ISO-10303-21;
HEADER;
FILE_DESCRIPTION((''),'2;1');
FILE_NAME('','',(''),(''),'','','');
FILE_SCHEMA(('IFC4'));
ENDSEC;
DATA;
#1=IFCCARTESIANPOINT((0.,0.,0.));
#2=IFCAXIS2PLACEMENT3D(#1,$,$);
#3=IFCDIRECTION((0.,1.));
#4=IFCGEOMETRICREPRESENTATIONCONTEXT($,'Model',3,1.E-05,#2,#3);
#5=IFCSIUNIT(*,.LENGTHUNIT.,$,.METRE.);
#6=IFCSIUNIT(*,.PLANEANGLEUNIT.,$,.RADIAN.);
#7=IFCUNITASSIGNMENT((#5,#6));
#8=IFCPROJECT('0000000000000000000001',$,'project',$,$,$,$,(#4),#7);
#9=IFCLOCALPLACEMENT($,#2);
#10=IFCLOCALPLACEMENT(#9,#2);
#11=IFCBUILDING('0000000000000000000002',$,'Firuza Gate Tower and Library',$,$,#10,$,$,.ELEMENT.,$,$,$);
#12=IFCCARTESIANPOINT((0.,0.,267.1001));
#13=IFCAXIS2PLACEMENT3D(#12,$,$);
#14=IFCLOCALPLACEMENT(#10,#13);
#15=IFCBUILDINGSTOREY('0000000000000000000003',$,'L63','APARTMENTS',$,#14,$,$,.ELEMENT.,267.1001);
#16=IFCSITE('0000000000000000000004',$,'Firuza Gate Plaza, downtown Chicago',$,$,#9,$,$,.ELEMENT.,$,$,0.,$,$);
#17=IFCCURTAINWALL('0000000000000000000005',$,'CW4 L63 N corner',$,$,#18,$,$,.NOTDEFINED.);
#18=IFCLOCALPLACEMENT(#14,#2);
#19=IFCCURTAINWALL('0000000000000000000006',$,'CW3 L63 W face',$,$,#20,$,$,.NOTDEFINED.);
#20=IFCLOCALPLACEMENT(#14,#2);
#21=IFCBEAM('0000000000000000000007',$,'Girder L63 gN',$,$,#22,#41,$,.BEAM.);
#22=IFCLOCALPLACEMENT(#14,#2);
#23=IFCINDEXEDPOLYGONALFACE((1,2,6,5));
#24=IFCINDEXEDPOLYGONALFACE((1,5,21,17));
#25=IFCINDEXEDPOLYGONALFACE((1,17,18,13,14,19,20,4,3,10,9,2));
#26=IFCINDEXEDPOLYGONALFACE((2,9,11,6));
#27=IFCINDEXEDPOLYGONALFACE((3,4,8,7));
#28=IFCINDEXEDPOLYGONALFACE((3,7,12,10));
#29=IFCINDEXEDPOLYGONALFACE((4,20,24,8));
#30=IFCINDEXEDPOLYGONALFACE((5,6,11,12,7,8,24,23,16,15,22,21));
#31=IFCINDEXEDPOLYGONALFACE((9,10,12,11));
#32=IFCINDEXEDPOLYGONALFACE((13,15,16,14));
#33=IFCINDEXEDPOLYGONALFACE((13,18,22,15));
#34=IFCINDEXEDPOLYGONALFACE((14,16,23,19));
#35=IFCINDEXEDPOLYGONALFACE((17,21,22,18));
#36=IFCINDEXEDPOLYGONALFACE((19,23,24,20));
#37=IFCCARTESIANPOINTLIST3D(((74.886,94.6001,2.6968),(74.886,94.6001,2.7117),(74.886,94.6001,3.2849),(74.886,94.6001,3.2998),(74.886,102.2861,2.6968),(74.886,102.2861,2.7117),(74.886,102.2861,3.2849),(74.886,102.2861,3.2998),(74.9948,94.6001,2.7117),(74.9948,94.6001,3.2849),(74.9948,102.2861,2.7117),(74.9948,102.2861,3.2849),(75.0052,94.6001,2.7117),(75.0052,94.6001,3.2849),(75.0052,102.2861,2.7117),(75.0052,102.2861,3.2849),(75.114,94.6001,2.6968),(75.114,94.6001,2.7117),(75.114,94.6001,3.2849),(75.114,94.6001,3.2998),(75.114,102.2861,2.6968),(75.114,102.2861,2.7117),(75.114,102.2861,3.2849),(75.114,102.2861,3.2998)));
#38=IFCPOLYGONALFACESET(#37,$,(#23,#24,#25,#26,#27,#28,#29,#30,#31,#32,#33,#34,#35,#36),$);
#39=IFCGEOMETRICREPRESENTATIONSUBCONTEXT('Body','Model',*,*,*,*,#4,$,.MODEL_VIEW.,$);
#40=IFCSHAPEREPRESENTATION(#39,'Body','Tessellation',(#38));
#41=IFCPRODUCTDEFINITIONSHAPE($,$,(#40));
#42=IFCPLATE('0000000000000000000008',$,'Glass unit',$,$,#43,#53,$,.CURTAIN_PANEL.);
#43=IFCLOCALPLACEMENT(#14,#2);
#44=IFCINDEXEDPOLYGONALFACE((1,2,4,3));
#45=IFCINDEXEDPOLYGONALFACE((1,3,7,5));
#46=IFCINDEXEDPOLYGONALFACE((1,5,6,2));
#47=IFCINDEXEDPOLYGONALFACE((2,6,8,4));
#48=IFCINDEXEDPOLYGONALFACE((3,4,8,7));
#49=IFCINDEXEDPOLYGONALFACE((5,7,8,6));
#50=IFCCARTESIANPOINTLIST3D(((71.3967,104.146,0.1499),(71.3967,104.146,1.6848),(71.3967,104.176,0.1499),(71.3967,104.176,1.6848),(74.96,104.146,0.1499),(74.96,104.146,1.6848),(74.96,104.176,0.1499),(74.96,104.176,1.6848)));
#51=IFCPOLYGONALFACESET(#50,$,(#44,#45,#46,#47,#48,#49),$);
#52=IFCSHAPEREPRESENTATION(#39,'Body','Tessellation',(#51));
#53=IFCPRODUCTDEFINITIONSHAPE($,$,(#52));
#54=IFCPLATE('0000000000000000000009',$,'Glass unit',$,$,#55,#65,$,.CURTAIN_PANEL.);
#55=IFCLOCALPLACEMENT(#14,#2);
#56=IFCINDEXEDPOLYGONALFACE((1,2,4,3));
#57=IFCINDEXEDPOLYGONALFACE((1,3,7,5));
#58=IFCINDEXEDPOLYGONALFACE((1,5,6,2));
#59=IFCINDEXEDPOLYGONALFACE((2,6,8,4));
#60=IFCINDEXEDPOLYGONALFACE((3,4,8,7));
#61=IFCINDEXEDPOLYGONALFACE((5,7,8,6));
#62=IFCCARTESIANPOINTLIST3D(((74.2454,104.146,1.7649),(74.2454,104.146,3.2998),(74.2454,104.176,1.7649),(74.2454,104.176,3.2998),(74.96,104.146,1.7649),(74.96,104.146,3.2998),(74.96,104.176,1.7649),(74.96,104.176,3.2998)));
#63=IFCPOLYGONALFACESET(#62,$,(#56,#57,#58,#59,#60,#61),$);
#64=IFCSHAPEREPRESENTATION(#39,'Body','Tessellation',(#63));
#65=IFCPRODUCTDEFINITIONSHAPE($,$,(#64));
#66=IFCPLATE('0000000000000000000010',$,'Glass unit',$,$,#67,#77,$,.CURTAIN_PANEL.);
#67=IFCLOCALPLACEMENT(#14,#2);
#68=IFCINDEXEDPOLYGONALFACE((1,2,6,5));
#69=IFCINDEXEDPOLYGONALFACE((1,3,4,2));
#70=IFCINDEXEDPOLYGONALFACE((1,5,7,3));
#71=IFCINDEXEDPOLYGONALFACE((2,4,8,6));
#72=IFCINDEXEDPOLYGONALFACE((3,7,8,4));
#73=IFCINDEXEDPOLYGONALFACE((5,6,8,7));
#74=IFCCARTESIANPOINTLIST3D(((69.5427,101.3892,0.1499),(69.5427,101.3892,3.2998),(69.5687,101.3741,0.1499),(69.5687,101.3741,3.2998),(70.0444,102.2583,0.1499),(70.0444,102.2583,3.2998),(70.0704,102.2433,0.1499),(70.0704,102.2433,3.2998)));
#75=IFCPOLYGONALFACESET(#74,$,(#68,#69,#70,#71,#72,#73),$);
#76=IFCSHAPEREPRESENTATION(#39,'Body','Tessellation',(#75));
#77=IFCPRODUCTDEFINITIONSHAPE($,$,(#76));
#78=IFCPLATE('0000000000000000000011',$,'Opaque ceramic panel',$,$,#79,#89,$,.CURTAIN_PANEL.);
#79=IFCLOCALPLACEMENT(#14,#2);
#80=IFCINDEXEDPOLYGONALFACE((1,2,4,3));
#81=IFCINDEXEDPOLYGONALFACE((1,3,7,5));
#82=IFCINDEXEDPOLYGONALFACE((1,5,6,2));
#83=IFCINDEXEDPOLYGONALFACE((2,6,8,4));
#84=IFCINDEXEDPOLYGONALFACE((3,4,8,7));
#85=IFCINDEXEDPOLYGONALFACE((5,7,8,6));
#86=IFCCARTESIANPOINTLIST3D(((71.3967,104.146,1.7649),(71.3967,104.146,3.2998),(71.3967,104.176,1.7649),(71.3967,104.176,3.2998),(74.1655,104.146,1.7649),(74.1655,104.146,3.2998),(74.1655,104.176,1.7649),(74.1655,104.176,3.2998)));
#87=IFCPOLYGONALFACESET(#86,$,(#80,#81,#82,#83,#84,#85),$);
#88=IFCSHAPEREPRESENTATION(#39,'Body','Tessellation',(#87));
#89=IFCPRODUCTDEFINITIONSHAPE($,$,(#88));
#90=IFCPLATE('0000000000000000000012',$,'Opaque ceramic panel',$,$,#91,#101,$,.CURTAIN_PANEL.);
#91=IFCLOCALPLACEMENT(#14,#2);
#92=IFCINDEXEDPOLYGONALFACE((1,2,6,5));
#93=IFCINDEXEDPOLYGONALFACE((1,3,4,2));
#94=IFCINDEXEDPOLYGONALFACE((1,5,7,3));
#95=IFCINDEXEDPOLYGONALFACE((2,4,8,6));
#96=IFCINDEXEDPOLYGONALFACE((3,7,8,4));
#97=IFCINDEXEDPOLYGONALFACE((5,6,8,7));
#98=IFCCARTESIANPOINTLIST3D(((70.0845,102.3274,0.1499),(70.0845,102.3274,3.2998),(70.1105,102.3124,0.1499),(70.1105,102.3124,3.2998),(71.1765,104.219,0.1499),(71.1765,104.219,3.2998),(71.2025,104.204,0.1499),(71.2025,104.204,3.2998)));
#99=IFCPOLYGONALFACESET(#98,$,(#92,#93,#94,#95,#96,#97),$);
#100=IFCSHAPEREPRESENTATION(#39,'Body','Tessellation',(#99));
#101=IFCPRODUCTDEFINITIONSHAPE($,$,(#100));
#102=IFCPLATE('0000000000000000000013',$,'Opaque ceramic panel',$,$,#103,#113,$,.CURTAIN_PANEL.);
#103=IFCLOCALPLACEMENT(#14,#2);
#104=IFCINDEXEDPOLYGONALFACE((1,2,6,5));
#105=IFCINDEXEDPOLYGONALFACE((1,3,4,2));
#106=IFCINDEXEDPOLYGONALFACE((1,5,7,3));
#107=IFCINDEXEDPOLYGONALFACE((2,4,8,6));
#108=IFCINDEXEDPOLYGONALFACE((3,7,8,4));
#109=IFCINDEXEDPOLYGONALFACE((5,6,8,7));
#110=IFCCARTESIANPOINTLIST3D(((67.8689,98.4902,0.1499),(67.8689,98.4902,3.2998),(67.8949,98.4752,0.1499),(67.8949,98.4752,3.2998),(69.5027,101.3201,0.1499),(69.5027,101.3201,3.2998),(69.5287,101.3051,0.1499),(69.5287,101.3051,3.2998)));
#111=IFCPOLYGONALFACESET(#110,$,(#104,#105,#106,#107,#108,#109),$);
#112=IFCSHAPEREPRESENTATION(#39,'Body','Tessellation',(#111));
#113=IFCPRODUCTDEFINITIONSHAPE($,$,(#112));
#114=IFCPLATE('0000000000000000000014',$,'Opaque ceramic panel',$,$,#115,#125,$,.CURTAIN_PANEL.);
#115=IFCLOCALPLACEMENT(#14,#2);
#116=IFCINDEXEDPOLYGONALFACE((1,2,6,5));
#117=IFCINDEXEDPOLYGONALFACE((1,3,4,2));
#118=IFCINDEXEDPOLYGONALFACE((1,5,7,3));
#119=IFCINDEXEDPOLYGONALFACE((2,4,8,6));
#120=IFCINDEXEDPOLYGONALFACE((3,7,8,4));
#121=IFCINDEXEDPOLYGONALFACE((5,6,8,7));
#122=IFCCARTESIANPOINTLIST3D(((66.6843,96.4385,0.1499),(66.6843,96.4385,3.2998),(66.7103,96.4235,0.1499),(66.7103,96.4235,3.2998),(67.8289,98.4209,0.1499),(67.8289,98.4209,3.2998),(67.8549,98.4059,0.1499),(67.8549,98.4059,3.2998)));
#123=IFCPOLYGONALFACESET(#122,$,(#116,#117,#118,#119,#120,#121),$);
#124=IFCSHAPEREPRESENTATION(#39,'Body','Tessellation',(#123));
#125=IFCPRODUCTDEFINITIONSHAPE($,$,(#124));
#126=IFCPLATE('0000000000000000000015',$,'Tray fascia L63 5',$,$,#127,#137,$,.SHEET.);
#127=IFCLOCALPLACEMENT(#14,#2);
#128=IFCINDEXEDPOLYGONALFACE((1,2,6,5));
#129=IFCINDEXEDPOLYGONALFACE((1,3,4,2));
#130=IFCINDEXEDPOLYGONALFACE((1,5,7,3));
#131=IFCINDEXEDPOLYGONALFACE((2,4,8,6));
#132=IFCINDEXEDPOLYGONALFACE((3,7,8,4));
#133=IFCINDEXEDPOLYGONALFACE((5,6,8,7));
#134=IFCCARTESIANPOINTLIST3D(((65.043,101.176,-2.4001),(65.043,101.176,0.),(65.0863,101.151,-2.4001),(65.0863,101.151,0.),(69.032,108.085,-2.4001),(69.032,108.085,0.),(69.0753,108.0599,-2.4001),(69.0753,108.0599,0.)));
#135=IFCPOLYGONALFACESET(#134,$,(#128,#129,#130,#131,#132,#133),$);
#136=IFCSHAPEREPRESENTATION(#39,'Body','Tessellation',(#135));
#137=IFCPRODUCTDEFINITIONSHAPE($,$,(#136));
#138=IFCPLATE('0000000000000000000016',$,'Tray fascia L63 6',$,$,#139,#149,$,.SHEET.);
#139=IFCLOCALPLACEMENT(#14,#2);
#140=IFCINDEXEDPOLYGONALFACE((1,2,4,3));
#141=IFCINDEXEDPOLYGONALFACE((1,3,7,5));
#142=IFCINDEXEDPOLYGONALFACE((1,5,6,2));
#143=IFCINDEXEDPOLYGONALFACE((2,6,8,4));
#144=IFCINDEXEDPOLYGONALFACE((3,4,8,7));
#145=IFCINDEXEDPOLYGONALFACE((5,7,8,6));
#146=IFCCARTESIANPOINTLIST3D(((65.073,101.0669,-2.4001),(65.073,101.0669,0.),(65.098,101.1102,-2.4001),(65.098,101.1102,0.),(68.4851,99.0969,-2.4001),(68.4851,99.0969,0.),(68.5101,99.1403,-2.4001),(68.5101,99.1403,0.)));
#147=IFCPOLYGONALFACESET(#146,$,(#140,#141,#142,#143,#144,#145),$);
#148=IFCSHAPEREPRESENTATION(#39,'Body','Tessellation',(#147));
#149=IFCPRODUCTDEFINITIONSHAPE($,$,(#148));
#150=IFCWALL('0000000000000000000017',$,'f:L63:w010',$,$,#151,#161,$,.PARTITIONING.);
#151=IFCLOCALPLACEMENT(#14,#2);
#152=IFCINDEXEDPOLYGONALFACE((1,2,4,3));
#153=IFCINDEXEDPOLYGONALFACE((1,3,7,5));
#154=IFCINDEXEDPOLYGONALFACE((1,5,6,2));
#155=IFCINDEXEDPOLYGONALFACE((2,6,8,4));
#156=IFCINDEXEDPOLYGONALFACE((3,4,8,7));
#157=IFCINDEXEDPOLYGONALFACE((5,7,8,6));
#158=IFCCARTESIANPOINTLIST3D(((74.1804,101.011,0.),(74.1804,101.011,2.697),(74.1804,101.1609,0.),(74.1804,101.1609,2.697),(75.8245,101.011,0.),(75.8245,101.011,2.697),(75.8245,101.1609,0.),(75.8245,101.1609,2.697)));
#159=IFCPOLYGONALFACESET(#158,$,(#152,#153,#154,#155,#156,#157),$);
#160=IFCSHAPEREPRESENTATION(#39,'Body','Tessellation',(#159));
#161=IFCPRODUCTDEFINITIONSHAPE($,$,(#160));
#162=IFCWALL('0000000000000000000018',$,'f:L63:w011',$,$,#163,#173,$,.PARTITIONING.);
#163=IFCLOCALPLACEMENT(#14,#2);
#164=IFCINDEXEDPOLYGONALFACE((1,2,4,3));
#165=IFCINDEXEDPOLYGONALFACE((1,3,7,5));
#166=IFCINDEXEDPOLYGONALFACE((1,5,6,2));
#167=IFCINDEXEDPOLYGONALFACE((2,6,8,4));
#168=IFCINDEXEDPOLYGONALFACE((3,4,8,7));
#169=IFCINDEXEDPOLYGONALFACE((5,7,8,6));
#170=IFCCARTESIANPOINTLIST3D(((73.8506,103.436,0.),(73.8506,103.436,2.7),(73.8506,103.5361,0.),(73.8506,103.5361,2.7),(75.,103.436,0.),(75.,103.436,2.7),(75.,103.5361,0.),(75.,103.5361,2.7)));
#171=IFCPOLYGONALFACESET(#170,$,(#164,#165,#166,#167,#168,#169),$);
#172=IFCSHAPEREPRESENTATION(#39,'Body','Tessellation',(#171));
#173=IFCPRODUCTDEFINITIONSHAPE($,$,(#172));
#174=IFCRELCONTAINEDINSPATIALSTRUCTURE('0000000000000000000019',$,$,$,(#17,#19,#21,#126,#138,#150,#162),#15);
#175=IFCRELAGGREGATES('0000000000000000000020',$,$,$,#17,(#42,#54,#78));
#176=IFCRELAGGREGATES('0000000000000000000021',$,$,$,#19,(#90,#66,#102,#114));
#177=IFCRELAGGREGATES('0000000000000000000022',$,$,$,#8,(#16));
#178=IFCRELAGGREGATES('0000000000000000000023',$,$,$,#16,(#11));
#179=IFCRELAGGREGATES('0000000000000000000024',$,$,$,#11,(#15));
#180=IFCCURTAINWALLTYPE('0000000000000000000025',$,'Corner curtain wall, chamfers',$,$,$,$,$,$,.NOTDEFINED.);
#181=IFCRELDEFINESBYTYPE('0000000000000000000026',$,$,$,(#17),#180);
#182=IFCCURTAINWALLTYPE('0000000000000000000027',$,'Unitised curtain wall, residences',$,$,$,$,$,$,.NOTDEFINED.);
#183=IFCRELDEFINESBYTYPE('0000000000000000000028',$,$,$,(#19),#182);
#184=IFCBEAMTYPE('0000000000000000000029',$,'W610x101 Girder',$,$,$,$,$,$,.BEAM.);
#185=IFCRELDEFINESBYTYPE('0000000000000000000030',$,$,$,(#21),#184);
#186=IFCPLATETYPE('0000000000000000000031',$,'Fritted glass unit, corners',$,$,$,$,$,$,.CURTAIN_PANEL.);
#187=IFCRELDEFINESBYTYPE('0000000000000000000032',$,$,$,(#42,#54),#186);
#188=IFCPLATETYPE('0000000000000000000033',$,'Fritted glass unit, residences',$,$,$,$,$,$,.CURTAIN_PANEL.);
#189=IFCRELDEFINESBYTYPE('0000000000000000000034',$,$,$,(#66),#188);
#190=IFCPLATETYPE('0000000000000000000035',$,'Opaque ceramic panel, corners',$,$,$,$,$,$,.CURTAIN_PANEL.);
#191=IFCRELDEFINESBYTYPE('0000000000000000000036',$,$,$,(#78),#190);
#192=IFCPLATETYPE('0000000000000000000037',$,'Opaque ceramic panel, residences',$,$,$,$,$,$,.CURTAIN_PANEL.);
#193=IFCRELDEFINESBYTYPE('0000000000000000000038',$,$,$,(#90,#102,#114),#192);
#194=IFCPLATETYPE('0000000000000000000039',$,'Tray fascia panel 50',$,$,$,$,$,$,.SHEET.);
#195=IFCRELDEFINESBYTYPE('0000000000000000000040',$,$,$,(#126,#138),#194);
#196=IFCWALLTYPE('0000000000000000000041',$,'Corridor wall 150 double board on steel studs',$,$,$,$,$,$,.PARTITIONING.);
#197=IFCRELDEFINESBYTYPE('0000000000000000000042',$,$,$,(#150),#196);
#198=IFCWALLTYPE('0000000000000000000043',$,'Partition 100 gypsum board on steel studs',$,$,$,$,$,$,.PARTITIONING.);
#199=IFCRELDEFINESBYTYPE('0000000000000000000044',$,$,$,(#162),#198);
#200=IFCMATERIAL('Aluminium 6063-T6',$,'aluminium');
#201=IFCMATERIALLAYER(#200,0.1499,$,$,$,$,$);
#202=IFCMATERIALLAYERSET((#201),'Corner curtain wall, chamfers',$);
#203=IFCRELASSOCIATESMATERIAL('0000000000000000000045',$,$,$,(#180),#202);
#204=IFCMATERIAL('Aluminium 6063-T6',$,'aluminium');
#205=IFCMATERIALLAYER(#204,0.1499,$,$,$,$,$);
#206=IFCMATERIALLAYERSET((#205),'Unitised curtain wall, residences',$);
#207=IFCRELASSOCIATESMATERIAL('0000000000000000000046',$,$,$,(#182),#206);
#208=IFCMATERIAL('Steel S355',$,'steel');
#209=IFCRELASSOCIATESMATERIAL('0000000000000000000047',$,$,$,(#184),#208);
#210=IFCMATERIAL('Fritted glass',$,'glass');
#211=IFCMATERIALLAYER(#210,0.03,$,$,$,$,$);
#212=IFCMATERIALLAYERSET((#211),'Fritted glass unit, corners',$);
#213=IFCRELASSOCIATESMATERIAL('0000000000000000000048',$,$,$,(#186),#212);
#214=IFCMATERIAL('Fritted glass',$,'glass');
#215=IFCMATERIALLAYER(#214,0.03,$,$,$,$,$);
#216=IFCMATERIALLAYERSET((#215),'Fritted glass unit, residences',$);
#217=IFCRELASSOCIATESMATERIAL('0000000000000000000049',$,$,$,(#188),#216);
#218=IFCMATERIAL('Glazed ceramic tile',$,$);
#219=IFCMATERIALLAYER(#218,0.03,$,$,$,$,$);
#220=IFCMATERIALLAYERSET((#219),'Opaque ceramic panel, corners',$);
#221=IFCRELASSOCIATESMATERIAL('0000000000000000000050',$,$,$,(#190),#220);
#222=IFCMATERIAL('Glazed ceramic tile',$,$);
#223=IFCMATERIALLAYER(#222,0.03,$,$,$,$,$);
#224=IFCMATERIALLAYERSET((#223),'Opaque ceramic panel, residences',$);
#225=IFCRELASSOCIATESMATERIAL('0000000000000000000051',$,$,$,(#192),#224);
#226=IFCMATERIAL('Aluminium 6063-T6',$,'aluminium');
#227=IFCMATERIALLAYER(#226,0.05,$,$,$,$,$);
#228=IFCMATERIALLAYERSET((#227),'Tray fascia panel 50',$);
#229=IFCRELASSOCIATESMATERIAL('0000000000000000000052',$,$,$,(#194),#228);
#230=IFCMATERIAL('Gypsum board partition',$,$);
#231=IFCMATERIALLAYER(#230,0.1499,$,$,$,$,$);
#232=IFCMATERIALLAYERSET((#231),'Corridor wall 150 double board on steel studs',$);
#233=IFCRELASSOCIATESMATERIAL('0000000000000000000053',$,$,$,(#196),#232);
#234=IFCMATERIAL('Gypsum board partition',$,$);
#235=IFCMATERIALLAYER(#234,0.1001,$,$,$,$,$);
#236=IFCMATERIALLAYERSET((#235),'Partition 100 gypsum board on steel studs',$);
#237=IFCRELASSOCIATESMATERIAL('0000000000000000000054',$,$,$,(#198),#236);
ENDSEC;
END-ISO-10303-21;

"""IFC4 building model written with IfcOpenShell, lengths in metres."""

from ifc_helpers import new_model, si_unit, direction, frame, frame_2d, origin, origin_2d, place, context, subcontext, project, spatial, polyline, rectangle, i_section, outline, extrude, material, layer, layer_set, material_profile, profile_set, type_object, element, aggregate, save


model = new_model("IFC4")

# Units and contexts
model_context = context("Model", 3, precision=1e-05, world=origin(), true_north=direction((0.0, 1.0)))
body_context = subcontext(model_context, "Body", "Model", "MODEL_VIEW")
ifc_project = project(units=[si_unit("LENGTHUNIT", "METRE"), si_unit("PLANEANGLEUNIT", "RADIAN")], contexts=[model_context])

# Site, building, storey
site_placement = place(None, origin())
site = spatial("IfcSite", under=ifc_project, at=site_placement, Name="Firuza Gate Plaza, downtown Chicago", CompositionType="ELEMENT", RefElevation=0.0)
building_placement = place(site_placement, origin())
building = spatial("IfcBuilding", under=site, at=building_placement, Name="Firuza Gate Tower and Library", CompositionType="ELEMENT")
storey_placement = place(building_placement, frame((0.0, 0.0, 267.1001)))
storey = spatial("IfcBuildingStorey", under=building, at=storey_placement, Name="L63", Description="APARTMENTS", CompositionType="ELEMENT", Elevation=267.1001)

# Curtain walls
ifc_material_1 = material(Name="Aluminium 6063-T6", Category="aluminium")
ifc_layer_1 = layer(ifc_material_1, 0.1499)
ifc_layer_set_1 = layer_set([ifc_layer_1], Name="Corner curtain wall, chamfers")
curtain_wall_type_1 = type_object("IfcCurtainWallType", Name="Corner curtain wall, chamfers", PredefinedType="NOTDEFINED", material=ifc_layer_set_1)
placement = place(storey_placement, origin())
curtain_wall_1 = element("IfcCurtainWall", 1, at=placement, inside=storey, type_object=curtain_wall_type_1, Name="CW4 L63 N corner", PredefinedType="NOTDEFINED")
ifc_material_2 = material(Name="Aluminium 6063-T6", Category="aluminium")
ifc_layer_2 = layer(ifc_material_2, 0.1499)
ifc_layer_set_2 = layer_set([ifc_layer_2], Name="Unitised curtain wall, residences")
curtain_wall_type_2 = type_object("IfcCurtainWallType", Name="Unitised curtain wall, residences", PredefinedType="NOTDEFINED", material=ifc_layer_set_2)
curtain_wall_2 = element("IfcCurtainWall", 2, at=placement, inside=storey, type_object=curtain_wall_type_2, Name="CW3 L63 W face", PredefinedType="NOTDEFINED")

# Beam
ifc_material_3 = material(Name="Steel S355", Category="steel")
ifc_material_profile_1 = material_profile(ifc_material_3, i_section(OverallWidth=0.228, OverallDepth=0.603, WebThickness=0.0105, FlangeThickness=0.0149, at=origin_2d()))
ifc_profile_set_1 = profile_set([ifc_material_profile_1], Name="Steel S355")
beam_type_1 = type_object("IfcBeamType", Name="W610x101 Girder", PredefinedType="BEAM", material=ifc_profile_set_1)
beam_1_placement = place(storey_placement, frame((75.0, 102.2861, 2.9983), z_axis=(0.0, -1.0, 0.0), x_axis=(1.0, 0.0, 0.0)))
element("IfcBeam", 3, at=beam_1_placement, inside=storey, type_object=beam_type_1, Name="Girder L63 gN", PredefinedType="BEAM", context=body_context, shape_type="SweptSolid", body=[
    extrude(i_section(OverallWidth=0.228, OverallDepth=0.603, WebThickness=0.0105, FlangeThickness=0.0149, at=origin_2d()), origin(), (0.0, 0.0, 1.0), 7.686),
])

# Plates
ifc_material_4 = material(Name="Fritted glass", Category="glass")
ifc_layer_3 = layer(ifc_material_4, 0.03)
ifc_layer_set_3 = layer_set([ifc_layer_3], Name="Fritted glass unit, corners")
plate_type_1 = type_object("IfcPlateType", Name="Fritted glass unit, corners", PredefinedType="CURTAIN_PANEL", material=ifc_layer_set_3)
plate_1_placement = place(storey_placement, frame((74.96, 104.176, 0.1499), z_axis=(0.0, 1.0, 0.0), x_axis=(-1.0, 0.0, 0.0)))
plate_1 = element("IfcPlate", 4, at=plate_1_placement, type_object=plate_type_1, Name="Glass unit", PredefinedType="CURTAIN_PANEL", context=body_context, shape_type="SweptSolid", body=[
    extrude(outline(polyline([(0.0, 0.0), (3.5632, 0.0), (3.5632, 1.5349), (0.0, 1.5349), (0.0, 0.0)])), origin(), (0.0, 0.0, -1.0), 0.03),
])
plate_2_placement = place(storey_placement, frame((74.96, 104.176, 1.7649), z_axis=(0.0, 1.0, 0.0), x_axis=(-1.0, 0.0, 0.0)))
plate_2 = element("IfcPlate", 5, at=plate_2_placement, type_object=plate_type_1, Name="Glass unit", PredefinedType="CURTAIN_PANEL", context=body_context, shape_type="SweptSolid", body=[
    extrude(outline(polyline([(0.0, 0.0), (0.7146, 0.0), (0.7146, 1.5349), (0.0, 1.5349), (0.0, 0.0)])), origin(), (0.0, 0.0, -1.0), 0.03),
])
ifc_material_5 = material(Name="Fritted glass", Category="glass")
ifc_layer_4 = layer(ifc_material_5, 0.03)
ifc_layer_set_4 = layer_set([ifc_layer_4], Name="Fritted glass unit, residences")
plate_type_2 = type_object("IfcPlateType", Name="Fritted glass unit, residences", PredefinedType="CURTAIN_PANEL", material=ifc_layer_set_4)
plate_3_placement = place(storey_placement, frame((70.0444, 102.2583, 0.1499), z_axis=(-0.866064, 0.499933, 0.0), x_axis=(-0.499933, -0.866064, 0.0)))
plate_3 = element("IfcPlate", 6, at=plate_3_placement, type_object=plate_type_2, Name="Glass unit", PredefinedType="CURTAIN_PANEL", context=body_context, shape_type="SweptSolid", body=[
    extrude(outline(polyline([(0.0, 0.0), (1.0036, 0.0), (1.0036, 3.1499), (0.0, 3.1499), (0.0, 0.0)])), origin(), (0.0, 0.0, -1.0), 0.03),
])
ifc_material_6 = material(Name="Glazed ceramic tile")
ifc_layer_5 = layer(ifc_material_6, 0.03)
ifc_layer_set_5 = layer_set([ifc_layer_5], Name="Opaque ceramic panel, corners")
plate_type_3 = type_object("IfcPlateType", Name="Opaque ceramic panel, corners", PredefinedType="CURTAIN_PANEL", material=ifc_layer_set_5)
plate_4_placement = place(storey_placement, frame((74.1655, 104.176, 1.7649), z_axis=(0.0, 1.0, 0.0), x_axis=(-1.0, 0.0, 0.0)))
plate_4 = element("IfcPlate", 7, at=plate_4_placement, type_object=plate_type_3, Name="Opaque ceramic panel", PredefinedType="CURTAIN_PANEL", context=body_context, shape_type="SweptSolid", body=[
    extrude(outline(polyline([(0.0, 0.0), (2.7688, 0.0), (2.7688, 1.5349), (0.0, 1.5349), (0.0, 0.0)])), origin(), (0.0, 0.0, -1.0), 0.03),
])
aggregate(curtain_wall_1, [plate_1, plate_2, plate_4])
ifc_material_7 = material(Name="Glazed ceramic tile")
ifc_layer_6 = layer(ifc_material_7, 0.03)
ifc_layer_set_6 = layer_set([ifc_layer_6], Name="Opaque ceramic panel, residences")
plate_type_4 = type_object("IfcPlateType", Name="Opaque ceramic panel, residences", PredefinedType="CURTAIN_PANEL", material=ifc_layer_set_6)
plate_5_placement = place(storey_placement, frame((71.1765, 104.219, 0.1499), z_axis=(-0.86604, 0.499974, 0.0), x_axis=(-0.499974, -0.86604, 0.0)))
plate_5 = element("IfcPlate", 8, at=plate_5_placement, type_object=plate_type_4, Name="Opaque ceramic panel", PredefinedType="CURTAIN_PANEL", context=body_context, shape_type="SweptSolid", body=[
    extrude(outline(polyline([(0.0, 0.0), (2.1842, 0.0), (2.1842, 3.1499), (0.0, 3.1499), (0.0, 0.0)])), origin(), (0.0, 0.0, -1.0), 0.03),
])
plate_6_placement = place(storey_placement, frame((69.5027, 101.3201, 0.1499), z_axis=(-0.866028, 0.499996, 0.0), x_axis=(-0.499996, -0.866028, 0.0)))
plate_6 = element("IfcPlate", 9, at=plate_6_placement, type_object=plate_type_4, Name="Opaque ceramic panel", PredefinedType="CURTAIN_PANEL", context=body_context, shape_type="SweptSolid", body=[
    extrude(outline(polyline([(0.0, 0.0), (3.2676, 0.0), (3.2676, 3.1499), (0.0, 3.1499), (0.0, 0.0)])), origin(), (0.0, 0.0, -1.0), 0.03),
])
plate_7_placement = place(storey_placement, frame((67.8289, 98.4209, 0.1499), z_axis=(-0.866029, 0.499993, 0.0), x_axis=(-0.499993, -0.866029, 0.0)))
plate_7 = element("IfcPlate", 10, at=plate_7_placement, type_object=plate_type_4, Name="Opaque ceramic panel", PredefinedType="CURTAIN_PANEL", context=body_context, shape_type="SweptSolid", body=[
    extrude(outline(polyline([(0.0, 0.0), (2.2891, 0.0), (2.2891, 3.1499), (0.0, 3.1499), (0.0, 0.0)])), origin(), (0.0, 0.0, -1.0), 0.03),
])
aggregate(curtain_wall_2, [plate_5, plate_3, plate_6, plate_7])

# Plates
ifc_material_8 = material(Name="Aluminium 6063-T6", Category="aluminium")
ifc_layer_7 = layer(ifc_material_8, 0.05)
ifc_layer_set_7 = layer_set([ifc_layer_7], Name="Tray fascia panel 50")
plate_type_5 = type_object("IfcPlateType", Name="Tray fascia panel 50", PredefinedType="SHEET", material=ifc_layer_set_7)
plate_8_placement = place(storey_placement, frame((69.032, 108.085, -2.4001), z_axis=(-0.866018, 0.500013, 0.0), x_axis=(-0.500013, -0.866018, 0.0)))
element("IfcPlate", 11, at=plate_8_placement, inside=storey, type_object=plate_type_5, Name="Tray fascia L63 5", PredefinedType="SHEET", context=body_context, shape_type="SweptSolid", body=[
    extrude(outline(polyline([(0.0, 0.0), (7.9778, 0.0), (7.9778, 2.4001), (0.0, 2.4001), (0.0, 0.0)])), origin(), (0.0, 0.0, -1.0), 0.05),
])
plate_9_placement = place(storey_placement, frame((65.073, 101.0669, -2.4001), z_axis=(-0.499998, -0.866027, 0.0), x_axis=(0.866027, -0.499998, 0.0)))
element("IfcPlate", 12, at=plate_9_placement, inside=storey, type_object=plate_type_5, Name="Tray fascia L63 6", PredefinedType="SHEET", context=body_context, shape_type="SweptSolid", body=[
    extrude(outline(polyline([(0.0, 0.0), (3.94, 0.0), (3.94, 2.4001), (0.0, 2.4001), (0.0, 0.0)])), origin(), (0.0, 0.0, -1.0), 0.05),
])

# Walls
ifc_material_9 = material(Name="Gypsum board partition")
ifc_layer_8 = layer(ifc_material_9, 0.1499)
ifc_layer_set_8 = layer_set([ifc_layer_8], Name="Corridor wall 150 double board on steel studs")
wall_type_1 = type_object("IfcWallType", Name="Corridor wall 150 double board on steel studs", PredefinedType="PARTITIONING", material=ifc_layer_set_8)
wall_1_placement = place(storey_placement, frame((74.1804, 101.0859, 0.0), z_axis=(0.0, 0.0, 1.0), x_axis=(1.0, 0.0, 0.0)))
element("IfcWall", 13, at=wall_1_placement, inside=storey, type_object=wall_type_1, Name="f:L63:w010", PredefinedType="PARTITIONING", context=body_context, shape_type="SweptSolid", body=[
    extrude(rectangle(XDim=1.644, YDim=0.1499, at=frame_2d((0.822, 0.0))), origin(), (0.0, 0.0, 1.0), 2.697),
])
ifc_material_10 = material(Name="Gypsum board partition")
ifc_layer_9 = layer(ifc_material_10, 0.1001)
ifc_layer_set_9 = layer_set([ifc_layer_9], Name="Partition 100 gypsum board on steel studs")
wall_type_2 = type_object("IfcWallType", Name="Partition 100 gypsum board on steel studs", PredefinedType="PARTITIONING", material=ifc_layer_set_9)
wall_2_placement = place(storey_placement, frame((73.8506, 103.4861, 0.0), z_axis=(0.0, 0.0, 1.0), x_axis=(1.0, 0.0, 0.0)))
element("IfcWall", 14, at=wall_2_placement, inside=storey, type_object=wall_type_2, Name="f:L63:w011", PredefinedType="PARTITIONING", context=body_context, shape_type="SweptSolid", body=[
    extrude(rectangle(XDim=1.1494, YDim=0.1001, at=frame_2d((0.5747, 0.0))), origin(), (0.0, 0.0, 1.0), 2.7),
])

save(model, "model.ifc")
